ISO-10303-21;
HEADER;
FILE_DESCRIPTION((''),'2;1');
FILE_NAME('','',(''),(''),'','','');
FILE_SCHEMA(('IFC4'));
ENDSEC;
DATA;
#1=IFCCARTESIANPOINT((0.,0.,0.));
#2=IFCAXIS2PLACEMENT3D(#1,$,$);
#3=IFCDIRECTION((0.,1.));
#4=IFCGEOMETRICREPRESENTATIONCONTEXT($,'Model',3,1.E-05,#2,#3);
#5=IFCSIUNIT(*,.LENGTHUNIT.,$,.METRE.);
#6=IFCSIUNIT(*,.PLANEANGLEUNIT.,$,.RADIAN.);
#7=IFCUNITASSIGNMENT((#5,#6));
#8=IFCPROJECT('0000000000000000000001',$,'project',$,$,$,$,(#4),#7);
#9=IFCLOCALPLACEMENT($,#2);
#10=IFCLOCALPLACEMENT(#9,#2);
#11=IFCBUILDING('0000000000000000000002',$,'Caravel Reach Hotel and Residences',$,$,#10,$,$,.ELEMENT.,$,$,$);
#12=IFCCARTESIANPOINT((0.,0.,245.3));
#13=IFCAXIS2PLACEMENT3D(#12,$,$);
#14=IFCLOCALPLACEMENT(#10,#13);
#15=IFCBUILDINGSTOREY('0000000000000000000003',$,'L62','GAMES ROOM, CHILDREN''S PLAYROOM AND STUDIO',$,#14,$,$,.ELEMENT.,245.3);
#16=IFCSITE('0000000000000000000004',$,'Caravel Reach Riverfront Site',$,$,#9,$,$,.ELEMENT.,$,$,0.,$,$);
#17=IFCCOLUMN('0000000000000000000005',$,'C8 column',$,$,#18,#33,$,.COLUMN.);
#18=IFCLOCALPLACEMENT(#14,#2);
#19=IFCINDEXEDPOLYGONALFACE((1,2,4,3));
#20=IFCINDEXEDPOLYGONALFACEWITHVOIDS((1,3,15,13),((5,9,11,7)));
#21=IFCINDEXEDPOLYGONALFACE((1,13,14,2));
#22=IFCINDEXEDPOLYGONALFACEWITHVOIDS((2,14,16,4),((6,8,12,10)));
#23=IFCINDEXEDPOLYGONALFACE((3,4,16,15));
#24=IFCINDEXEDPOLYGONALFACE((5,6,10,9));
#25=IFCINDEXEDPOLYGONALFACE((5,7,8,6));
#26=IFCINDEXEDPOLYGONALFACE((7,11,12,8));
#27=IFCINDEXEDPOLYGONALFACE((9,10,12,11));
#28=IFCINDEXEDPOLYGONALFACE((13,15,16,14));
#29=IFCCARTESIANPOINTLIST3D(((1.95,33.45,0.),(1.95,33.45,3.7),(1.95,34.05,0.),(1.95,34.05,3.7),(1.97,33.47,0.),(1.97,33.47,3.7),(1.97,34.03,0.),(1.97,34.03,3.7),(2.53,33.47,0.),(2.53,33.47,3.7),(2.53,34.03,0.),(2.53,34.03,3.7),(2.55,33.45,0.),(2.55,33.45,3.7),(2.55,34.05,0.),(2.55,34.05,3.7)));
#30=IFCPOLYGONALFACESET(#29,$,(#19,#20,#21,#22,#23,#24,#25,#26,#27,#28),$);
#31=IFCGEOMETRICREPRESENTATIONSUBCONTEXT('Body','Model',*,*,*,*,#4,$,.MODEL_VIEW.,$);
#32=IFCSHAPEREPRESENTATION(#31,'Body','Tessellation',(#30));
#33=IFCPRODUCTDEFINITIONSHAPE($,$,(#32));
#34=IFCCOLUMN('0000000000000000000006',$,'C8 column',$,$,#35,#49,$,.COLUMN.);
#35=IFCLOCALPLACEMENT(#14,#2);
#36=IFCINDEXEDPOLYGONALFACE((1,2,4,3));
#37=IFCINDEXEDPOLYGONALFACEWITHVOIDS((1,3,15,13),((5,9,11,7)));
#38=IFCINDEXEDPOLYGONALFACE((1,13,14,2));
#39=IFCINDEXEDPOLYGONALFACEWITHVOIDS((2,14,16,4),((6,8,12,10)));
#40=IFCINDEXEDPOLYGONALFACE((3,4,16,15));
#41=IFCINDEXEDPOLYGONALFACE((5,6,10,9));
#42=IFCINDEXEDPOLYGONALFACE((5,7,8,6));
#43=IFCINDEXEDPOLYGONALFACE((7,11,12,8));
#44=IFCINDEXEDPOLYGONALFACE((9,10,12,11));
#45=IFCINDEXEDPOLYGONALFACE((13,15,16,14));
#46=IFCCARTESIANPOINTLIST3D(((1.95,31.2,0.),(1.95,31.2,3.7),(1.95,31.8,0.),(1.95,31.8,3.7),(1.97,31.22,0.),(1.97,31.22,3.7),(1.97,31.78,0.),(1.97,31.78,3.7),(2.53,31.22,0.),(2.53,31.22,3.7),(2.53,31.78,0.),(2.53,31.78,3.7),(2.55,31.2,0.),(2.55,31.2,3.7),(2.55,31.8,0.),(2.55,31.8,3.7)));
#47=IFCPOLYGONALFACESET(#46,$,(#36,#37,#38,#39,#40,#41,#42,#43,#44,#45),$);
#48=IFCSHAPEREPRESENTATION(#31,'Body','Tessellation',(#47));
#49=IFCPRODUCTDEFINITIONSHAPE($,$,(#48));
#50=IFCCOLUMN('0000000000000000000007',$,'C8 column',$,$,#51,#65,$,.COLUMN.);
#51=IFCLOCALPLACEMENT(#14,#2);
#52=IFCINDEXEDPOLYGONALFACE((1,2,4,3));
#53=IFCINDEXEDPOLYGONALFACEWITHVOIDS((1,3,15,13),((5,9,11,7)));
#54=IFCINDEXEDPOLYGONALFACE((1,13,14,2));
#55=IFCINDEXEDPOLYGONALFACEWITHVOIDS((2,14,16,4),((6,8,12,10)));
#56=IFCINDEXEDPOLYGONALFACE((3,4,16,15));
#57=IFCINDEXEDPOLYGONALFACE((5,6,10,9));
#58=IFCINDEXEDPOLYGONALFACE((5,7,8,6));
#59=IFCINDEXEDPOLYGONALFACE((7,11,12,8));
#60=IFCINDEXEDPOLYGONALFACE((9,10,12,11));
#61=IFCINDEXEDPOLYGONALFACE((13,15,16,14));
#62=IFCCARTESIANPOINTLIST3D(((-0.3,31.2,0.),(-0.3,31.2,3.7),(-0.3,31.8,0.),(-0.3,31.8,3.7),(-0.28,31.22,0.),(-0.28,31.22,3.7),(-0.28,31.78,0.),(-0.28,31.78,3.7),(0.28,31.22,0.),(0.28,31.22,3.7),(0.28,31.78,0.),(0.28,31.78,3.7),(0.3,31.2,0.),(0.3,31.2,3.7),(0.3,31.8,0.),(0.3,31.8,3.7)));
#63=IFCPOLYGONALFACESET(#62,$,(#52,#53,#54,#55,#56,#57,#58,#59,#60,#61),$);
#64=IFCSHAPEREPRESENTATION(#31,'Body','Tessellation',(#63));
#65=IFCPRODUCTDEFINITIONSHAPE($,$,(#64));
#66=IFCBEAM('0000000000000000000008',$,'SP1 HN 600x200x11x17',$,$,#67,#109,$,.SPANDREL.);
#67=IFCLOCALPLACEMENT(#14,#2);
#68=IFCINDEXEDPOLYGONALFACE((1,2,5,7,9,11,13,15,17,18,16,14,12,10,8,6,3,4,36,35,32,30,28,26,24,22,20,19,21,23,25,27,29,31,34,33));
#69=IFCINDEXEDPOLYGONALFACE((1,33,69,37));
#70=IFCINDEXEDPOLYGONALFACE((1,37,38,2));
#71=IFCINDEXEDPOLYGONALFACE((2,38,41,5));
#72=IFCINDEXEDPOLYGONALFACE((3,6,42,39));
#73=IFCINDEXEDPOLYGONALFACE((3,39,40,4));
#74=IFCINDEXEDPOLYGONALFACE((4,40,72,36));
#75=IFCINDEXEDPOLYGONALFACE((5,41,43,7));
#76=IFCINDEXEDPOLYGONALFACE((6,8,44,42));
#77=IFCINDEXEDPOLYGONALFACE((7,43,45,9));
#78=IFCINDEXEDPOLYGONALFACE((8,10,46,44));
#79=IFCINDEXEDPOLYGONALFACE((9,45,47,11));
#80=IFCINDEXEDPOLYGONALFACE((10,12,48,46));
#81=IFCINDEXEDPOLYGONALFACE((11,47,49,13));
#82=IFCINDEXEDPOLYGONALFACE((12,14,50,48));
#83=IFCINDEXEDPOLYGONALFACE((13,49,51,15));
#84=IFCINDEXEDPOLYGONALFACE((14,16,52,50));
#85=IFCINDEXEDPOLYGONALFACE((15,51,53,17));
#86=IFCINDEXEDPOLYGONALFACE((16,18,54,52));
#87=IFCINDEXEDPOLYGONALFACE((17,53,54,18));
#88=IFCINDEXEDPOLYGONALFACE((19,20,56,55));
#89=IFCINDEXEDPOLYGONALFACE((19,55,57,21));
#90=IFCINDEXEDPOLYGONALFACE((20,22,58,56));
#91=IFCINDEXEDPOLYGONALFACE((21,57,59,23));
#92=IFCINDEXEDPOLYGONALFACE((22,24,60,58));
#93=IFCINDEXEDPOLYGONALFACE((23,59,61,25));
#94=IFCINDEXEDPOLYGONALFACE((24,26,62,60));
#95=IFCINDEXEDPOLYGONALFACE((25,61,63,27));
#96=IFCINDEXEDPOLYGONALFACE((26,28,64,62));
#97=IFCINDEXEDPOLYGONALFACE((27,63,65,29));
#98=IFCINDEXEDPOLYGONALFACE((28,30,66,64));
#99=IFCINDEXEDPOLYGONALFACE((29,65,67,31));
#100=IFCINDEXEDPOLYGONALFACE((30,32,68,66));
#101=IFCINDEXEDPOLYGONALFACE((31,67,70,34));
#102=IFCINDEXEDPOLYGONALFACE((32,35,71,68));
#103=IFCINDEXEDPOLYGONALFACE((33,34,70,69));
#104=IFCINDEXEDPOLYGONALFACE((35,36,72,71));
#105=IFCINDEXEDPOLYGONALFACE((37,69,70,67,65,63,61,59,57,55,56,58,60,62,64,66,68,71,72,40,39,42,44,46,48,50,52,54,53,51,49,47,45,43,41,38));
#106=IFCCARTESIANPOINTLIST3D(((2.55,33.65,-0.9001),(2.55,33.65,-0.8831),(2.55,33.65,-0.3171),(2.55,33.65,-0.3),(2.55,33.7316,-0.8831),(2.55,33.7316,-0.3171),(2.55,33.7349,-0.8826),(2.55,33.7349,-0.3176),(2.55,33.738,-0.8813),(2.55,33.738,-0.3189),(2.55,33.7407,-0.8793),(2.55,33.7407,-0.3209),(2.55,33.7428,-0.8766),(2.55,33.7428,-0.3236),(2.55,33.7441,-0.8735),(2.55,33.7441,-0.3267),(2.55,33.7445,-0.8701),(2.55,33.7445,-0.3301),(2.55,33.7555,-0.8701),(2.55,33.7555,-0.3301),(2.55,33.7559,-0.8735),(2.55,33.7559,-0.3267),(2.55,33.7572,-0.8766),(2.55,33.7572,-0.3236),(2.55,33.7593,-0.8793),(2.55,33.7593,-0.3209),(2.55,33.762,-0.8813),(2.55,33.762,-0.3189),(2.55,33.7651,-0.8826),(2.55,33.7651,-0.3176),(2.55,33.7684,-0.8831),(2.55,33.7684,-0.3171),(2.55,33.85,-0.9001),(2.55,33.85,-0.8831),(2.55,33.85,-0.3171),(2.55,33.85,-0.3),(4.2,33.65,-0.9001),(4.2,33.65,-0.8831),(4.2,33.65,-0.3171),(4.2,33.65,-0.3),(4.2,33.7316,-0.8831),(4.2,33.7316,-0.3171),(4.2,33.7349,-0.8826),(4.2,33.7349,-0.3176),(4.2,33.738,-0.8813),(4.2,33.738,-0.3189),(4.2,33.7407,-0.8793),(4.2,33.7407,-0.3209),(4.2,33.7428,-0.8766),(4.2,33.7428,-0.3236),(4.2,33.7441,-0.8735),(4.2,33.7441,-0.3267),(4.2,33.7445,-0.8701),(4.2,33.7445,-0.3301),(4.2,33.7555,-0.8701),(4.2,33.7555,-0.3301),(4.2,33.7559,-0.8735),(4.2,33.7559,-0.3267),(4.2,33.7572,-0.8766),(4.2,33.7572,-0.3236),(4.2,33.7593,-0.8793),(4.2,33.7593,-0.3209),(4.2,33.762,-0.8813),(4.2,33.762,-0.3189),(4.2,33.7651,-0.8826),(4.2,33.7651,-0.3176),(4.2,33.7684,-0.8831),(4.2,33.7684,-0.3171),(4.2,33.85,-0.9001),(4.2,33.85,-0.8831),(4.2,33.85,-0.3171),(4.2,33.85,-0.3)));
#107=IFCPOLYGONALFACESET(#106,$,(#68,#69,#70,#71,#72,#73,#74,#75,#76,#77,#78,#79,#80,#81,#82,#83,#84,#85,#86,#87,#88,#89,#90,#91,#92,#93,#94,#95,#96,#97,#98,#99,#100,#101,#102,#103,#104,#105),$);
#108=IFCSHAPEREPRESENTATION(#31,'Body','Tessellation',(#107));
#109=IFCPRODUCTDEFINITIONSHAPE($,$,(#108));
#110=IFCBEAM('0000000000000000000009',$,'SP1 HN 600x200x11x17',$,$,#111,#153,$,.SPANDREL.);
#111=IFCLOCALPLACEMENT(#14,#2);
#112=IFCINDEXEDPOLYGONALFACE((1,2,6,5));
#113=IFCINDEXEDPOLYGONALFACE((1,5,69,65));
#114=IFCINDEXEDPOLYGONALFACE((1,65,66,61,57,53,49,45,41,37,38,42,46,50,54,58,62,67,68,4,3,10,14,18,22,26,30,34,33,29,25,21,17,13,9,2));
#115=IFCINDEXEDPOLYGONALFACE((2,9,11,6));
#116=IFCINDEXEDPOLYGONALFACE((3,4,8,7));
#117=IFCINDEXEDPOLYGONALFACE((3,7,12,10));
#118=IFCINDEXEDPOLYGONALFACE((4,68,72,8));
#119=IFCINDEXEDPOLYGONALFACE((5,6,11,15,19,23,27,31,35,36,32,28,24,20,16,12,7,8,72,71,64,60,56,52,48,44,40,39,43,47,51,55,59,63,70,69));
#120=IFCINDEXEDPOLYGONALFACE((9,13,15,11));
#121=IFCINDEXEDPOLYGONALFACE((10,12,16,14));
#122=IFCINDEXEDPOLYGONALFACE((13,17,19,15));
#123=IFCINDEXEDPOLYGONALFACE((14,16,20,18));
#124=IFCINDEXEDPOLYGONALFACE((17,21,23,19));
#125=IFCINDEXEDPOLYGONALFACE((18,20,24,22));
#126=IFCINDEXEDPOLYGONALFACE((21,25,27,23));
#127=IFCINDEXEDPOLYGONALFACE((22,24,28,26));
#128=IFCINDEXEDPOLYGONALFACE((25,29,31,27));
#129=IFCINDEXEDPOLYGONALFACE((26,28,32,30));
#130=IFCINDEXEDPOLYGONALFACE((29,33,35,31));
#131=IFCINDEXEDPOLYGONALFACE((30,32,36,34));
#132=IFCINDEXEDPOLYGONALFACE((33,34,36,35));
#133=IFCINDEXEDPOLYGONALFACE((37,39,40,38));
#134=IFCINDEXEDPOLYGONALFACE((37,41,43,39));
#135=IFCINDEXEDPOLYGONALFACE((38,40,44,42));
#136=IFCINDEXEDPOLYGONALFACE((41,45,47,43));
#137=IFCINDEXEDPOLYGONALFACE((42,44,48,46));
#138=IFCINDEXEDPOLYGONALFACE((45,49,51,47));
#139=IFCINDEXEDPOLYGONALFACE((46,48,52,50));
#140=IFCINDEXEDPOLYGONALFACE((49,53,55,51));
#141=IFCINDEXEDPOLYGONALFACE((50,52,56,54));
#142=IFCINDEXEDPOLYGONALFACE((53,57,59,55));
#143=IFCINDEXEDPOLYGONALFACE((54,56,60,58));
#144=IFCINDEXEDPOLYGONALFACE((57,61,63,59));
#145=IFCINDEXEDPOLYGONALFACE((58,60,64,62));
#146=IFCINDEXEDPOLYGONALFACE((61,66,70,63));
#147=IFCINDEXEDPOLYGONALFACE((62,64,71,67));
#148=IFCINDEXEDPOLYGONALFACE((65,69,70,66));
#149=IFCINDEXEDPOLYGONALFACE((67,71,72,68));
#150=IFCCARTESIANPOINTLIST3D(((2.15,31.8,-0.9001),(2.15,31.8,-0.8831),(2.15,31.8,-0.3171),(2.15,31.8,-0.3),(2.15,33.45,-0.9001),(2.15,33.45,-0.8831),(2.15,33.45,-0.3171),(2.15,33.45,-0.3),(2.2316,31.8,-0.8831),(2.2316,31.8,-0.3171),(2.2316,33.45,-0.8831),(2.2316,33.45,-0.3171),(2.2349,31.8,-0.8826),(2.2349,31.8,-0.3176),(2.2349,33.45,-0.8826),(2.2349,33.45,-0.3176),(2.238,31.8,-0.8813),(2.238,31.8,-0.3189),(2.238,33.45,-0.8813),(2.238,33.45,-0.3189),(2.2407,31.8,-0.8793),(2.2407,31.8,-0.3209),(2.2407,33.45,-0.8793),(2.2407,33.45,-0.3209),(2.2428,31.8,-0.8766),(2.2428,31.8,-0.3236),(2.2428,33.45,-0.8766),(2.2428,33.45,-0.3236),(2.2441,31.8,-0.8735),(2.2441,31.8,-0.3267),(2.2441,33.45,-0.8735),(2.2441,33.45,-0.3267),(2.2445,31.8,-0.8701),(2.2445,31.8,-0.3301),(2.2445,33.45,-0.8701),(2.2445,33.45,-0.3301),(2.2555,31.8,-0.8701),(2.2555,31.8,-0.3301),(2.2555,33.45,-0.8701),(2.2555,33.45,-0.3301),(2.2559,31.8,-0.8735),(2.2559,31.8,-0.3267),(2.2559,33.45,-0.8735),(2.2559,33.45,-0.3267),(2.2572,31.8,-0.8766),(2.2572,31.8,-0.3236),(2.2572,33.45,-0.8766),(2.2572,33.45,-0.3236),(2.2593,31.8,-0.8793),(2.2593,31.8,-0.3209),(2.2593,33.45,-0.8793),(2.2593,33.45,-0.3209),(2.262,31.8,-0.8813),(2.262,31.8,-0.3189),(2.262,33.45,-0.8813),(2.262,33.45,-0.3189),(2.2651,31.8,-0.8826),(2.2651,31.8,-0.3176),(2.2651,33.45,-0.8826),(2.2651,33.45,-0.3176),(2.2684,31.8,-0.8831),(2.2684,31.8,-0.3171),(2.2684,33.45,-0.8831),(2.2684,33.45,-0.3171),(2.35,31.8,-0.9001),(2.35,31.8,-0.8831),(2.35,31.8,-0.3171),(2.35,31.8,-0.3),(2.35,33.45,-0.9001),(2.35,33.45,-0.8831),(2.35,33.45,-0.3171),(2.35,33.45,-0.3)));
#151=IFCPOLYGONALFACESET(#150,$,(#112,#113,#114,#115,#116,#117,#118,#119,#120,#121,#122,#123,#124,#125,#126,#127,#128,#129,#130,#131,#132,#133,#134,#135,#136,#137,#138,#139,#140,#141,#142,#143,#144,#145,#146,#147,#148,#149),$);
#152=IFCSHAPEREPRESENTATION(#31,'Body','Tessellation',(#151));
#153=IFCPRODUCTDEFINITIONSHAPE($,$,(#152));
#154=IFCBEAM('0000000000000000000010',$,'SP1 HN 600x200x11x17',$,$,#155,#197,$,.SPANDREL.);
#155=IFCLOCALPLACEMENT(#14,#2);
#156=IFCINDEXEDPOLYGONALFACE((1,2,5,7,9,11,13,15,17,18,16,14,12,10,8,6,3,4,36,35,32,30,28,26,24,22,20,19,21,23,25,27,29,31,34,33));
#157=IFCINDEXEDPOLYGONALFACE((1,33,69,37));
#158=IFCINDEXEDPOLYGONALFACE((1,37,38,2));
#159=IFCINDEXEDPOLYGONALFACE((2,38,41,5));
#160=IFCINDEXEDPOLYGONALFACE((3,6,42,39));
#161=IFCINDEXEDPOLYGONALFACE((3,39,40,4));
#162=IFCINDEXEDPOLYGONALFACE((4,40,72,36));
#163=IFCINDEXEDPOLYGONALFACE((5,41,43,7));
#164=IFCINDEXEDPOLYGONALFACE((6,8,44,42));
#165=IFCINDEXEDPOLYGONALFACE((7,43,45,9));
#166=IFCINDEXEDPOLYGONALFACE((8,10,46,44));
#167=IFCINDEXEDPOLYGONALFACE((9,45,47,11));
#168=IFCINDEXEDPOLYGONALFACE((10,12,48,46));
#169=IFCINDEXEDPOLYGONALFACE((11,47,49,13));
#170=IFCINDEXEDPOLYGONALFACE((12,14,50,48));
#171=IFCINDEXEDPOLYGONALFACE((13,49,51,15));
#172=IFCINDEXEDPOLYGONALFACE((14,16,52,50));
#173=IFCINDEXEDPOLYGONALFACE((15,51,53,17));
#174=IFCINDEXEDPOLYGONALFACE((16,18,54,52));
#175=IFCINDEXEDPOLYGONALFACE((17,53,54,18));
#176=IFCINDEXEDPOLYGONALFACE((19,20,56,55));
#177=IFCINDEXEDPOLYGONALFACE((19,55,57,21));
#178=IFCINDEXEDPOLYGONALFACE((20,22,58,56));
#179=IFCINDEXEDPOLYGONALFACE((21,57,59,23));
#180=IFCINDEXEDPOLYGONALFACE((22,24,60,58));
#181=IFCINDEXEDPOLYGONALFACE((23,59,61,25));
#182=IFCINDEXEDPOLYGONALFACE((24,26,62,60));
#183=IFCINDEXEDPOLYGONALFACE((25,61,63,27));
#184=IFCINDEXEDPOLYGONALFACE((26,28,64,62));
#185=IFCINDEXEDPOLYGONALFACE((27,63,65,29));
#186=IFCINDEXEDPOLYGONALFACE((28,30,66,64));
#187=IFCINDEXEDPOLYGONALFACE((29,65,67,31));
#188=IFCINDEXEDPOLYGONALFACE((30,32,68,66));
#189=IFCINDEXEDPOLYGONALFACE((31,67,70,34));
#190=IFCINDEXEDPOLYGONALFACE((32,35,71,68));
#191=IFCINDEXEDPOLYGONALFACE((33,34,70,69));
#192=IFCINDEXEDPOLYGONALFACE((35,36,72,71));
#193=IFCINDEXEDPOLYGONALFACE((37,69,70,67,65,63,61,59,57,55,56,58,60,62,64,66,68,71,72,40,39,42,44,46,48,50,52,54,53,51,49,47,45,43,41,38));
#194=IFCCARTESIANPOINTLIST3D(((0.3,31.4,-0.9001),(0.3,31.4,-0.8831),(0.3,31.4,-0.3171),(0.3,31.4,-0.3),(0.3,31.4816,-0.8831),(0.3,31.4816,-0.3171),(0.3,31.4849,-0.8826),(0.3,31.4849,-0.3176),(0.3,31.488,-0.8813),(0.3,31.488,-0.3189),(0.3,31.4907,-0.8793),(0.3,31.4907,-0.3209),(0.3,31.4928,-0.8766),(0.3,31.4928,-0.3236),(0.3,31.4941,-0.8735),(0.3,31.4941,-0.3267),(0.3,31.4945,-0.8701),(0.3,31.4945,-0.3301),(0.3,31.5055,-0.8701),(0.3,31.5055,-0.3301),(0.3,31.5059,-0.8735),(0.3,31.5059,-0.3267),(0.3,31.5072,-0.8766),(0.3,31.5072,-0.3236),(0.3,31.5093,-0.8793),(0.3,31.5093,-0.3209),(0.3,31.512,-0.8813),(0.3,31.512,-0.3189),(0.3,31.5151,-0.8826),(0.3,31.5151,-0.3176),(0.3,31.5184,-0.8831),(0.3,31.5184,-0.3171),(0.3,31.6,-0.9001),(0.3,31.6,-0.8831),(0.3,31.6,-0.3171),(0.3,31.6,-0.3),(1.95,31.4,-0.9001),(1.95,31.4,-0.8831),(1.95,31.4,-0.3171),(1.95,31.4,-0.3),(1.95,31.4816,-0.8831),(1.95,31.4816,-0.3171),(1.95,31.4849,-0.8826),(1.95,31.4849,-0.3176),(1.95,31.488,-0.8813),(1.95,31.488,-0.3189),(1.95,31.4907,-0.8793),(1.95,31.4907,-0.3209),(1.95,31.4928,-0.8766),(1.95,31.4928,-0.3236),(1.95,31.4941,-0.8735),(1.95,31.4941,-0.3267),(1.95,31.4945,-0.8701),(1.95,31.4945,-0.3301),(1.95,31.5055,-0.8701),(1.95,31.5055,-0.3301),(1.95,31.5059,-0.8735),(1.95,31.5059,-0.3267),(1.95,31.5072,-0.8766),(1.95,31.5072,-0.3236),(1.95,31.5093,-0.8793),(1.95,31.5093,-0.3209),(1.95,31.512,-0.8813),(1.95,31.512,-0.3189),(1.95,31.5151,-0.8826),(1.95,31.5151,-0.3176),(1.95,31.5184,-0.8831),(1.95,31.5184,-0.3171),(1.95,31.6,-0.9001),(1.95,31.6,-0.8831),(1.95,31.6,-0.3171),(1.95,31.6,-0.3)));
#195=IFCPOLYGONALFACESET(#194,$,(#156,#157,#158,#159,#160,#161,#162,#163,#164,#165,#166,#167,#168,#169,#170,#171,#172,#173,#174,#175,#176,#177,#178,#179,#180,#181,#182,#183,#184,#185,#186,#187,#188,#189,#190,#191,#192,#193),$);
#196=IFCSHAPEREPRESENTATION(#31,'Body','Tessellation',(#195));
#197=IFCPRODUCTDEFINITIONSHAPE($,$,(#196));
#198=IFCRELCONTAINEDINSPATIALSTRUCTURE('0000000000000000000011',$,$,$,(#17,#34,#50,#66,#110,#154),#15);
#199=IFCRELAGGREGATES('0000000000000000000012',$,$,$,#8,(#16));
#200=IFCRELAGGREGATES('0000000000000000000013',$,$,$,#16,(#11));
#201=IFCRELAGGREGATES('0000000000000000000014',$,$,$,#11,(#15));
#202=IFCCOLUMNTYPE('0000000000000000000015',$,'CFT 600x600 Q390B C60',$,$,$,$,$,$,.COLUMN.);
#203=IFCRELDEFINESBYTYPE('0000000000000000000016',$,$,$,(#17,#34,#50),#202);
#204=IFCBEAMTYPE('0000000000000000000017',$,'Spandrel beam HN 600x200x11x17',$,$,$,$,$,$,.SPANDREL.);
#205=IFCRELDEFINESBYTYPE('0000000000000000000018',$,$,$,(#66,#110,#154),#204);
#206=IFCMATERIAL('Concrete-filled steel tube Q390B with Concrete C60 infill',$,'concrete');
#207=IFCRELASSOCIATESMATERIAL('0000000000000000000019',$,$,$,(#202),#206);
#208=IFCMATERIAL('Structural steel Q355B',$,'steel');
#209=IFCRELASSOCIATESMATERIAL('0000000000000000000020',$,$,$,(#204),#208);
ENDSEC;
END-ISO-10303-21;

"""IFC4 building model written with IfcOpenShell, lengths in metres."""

from ifc_helpers import new_model, si_unit, direction, frame, origin, origin_2d, place, context, subcontext, project, spatial, hollow_rectangle, i_section, extrude, material, material_profile, profile_set, type_object, element, save


model = new_model("IFC4")

# Units and contexts
model_context = context("Model", 3, precision=1e-05, world=origin(), true_north=direction((0.0, 1.0)))
body_context = subcontext(model_context, "Body", "Model", "MODEL_VIEW")
ifc_project = project(units=[si_unit("LENGTHUNIT", "METRE"), si_unit("PLANEANGLEUNIT", "RADIAN")], contexts=[model_context])

# Site, building, storey
site_placement = place(None, origin())
site = spatial("IfcSite", under=ifc_project, at=site_placement, Name="Caravel Reach Riverfront Site", CompositionType="ELEMENT", RefElevation=0.0)
building_placement = place(site_placement, origin())
building = spatial("IfcBuilding", under=site, at=building_placement, Name="Caravel Reach Hotel and Residences", CompositionType="ELEMENT")
storey_placement = place(building_placement, frame((0.0, 0.0, 245.3)))
storey = spatial("IfcBuildingStorey", under=building, at=storey_placement, Name="L62", Description="GAMES ROOM, CHILDREN'S PLAYROOM AND STUDIO", CompositionType="ELEMENT", Elevation=245.3)

# Columns
ifc_material_1 = material(Name="Concrete-filled steel tube Q390B with Concrete C60 infill", Category="concrete")
ifc_material_profile_1 = material_profile(ifc_material_1, hollow_rectangle(XDim=0.6001, YDim=0.6001, WallThickness=0.02, at=origin_2d()), Name="RHS 600x600x20")
ifc_profile_set_1 = profile_set([ifc_material_profile_1], Name="Concrete-filled steel tube Q390B with Concrete C60 infill")
column_type = type_object("IfcColumnType", Name="CFT 600x600 Q390B C60", PredefinedType="COLUMN", material=ifc_profile_set_1)
for number, where, z_axis, x_axis, name in (
    (1, (2.25, 33.75, 0.0), (0.0, 0.0, 1.0), (1.0, 0.0, 0.0), "C8 column"),
    (2, (2.25, 31.5, 0.0), (0.0, 0.0, 1.0), (1.0, 0.0, 0.0), "C8 column"),
    (3, (0.0, 31.5, 0.0), (0.0, 0.0, 1.0), (1.0, 0.0, 0.0), "C8 column"),
):
    element("IfcColumn", number, at=place(storey_placement, frame(where, z_axis=z_axis, x_axis=x_axis)), inside=storey, type_object=column_type, Name=name, PredefinedType="COLUMN", context=body_context, shape_type="SweptSolid", body=[
        extrude(hollow_rectangle(XDim=0.6001, YDim=0.6001, WallThickness=0.02, at=origin_2d()), origin(), (0.0, 0.0, 1.0), 3.7),
    ])

# Beams
ifc_material_2 = material(Name="Structural steel Q355B", Category="steel")
ifc_material_profile_2 = material_profile(ifc_material_2, i_section(OverallWidth=0.2, OverallDepth=0.6001, WebThickness=0.011, FlangeThickness=0.0171, FilletRadius=0.0129, at=origin_2d()), Name="HN 600x200x11x17")
ifc_profile_set_2 = profile_set([ifc_material_profile_2], Name="Structural steel Q355B")
beam_type = type_object("IfcBeamType", Name="Spandrel beam HN 600x200x11x17", PredefinedType="SPANDREL", material=ifc_profile_set_2)
for number, where, z_axis, x_axis, name in (
    (4, (4.2, 33.75, -0.6001), (-1.0, 0.0, 0.0), (0.0, -1.0, 0.0), "SP1 HN 600x200x11x17"),
    (5, (2.25, 33.45, -0.6001), (0.0, -1.0, 0.0), (1.0, 0.0, 0.0), "SP1 HN 600x200x11x17"),
    (6, (1.95, 31.5, -0.6001), (-1.0, 0.0, 0.0), (0.0, -1.0, 0.0), "SP1 HN 600x200x11x17"),
):
    element("IfcBeam", number, at=place(storey_placement, frame(where, z_axis=z_axis, x_axis=x_axis)), inside=storey, type_object=beam_type, Name=name, PredefinedType="SPANDREL", context=body_context, shape_type="SweptSolid", body=[
        extrude(i_section(OverallWidth=0.2, OverallDepth=0.6001, WebThickness=0.011, FlangeThickness=0.0171, FilletRadius=0.0129, at=origin_2d()), origin(), (0.0, 0.0, 1.0), 1.6499),
    ])

save(model, "model.ifc")
